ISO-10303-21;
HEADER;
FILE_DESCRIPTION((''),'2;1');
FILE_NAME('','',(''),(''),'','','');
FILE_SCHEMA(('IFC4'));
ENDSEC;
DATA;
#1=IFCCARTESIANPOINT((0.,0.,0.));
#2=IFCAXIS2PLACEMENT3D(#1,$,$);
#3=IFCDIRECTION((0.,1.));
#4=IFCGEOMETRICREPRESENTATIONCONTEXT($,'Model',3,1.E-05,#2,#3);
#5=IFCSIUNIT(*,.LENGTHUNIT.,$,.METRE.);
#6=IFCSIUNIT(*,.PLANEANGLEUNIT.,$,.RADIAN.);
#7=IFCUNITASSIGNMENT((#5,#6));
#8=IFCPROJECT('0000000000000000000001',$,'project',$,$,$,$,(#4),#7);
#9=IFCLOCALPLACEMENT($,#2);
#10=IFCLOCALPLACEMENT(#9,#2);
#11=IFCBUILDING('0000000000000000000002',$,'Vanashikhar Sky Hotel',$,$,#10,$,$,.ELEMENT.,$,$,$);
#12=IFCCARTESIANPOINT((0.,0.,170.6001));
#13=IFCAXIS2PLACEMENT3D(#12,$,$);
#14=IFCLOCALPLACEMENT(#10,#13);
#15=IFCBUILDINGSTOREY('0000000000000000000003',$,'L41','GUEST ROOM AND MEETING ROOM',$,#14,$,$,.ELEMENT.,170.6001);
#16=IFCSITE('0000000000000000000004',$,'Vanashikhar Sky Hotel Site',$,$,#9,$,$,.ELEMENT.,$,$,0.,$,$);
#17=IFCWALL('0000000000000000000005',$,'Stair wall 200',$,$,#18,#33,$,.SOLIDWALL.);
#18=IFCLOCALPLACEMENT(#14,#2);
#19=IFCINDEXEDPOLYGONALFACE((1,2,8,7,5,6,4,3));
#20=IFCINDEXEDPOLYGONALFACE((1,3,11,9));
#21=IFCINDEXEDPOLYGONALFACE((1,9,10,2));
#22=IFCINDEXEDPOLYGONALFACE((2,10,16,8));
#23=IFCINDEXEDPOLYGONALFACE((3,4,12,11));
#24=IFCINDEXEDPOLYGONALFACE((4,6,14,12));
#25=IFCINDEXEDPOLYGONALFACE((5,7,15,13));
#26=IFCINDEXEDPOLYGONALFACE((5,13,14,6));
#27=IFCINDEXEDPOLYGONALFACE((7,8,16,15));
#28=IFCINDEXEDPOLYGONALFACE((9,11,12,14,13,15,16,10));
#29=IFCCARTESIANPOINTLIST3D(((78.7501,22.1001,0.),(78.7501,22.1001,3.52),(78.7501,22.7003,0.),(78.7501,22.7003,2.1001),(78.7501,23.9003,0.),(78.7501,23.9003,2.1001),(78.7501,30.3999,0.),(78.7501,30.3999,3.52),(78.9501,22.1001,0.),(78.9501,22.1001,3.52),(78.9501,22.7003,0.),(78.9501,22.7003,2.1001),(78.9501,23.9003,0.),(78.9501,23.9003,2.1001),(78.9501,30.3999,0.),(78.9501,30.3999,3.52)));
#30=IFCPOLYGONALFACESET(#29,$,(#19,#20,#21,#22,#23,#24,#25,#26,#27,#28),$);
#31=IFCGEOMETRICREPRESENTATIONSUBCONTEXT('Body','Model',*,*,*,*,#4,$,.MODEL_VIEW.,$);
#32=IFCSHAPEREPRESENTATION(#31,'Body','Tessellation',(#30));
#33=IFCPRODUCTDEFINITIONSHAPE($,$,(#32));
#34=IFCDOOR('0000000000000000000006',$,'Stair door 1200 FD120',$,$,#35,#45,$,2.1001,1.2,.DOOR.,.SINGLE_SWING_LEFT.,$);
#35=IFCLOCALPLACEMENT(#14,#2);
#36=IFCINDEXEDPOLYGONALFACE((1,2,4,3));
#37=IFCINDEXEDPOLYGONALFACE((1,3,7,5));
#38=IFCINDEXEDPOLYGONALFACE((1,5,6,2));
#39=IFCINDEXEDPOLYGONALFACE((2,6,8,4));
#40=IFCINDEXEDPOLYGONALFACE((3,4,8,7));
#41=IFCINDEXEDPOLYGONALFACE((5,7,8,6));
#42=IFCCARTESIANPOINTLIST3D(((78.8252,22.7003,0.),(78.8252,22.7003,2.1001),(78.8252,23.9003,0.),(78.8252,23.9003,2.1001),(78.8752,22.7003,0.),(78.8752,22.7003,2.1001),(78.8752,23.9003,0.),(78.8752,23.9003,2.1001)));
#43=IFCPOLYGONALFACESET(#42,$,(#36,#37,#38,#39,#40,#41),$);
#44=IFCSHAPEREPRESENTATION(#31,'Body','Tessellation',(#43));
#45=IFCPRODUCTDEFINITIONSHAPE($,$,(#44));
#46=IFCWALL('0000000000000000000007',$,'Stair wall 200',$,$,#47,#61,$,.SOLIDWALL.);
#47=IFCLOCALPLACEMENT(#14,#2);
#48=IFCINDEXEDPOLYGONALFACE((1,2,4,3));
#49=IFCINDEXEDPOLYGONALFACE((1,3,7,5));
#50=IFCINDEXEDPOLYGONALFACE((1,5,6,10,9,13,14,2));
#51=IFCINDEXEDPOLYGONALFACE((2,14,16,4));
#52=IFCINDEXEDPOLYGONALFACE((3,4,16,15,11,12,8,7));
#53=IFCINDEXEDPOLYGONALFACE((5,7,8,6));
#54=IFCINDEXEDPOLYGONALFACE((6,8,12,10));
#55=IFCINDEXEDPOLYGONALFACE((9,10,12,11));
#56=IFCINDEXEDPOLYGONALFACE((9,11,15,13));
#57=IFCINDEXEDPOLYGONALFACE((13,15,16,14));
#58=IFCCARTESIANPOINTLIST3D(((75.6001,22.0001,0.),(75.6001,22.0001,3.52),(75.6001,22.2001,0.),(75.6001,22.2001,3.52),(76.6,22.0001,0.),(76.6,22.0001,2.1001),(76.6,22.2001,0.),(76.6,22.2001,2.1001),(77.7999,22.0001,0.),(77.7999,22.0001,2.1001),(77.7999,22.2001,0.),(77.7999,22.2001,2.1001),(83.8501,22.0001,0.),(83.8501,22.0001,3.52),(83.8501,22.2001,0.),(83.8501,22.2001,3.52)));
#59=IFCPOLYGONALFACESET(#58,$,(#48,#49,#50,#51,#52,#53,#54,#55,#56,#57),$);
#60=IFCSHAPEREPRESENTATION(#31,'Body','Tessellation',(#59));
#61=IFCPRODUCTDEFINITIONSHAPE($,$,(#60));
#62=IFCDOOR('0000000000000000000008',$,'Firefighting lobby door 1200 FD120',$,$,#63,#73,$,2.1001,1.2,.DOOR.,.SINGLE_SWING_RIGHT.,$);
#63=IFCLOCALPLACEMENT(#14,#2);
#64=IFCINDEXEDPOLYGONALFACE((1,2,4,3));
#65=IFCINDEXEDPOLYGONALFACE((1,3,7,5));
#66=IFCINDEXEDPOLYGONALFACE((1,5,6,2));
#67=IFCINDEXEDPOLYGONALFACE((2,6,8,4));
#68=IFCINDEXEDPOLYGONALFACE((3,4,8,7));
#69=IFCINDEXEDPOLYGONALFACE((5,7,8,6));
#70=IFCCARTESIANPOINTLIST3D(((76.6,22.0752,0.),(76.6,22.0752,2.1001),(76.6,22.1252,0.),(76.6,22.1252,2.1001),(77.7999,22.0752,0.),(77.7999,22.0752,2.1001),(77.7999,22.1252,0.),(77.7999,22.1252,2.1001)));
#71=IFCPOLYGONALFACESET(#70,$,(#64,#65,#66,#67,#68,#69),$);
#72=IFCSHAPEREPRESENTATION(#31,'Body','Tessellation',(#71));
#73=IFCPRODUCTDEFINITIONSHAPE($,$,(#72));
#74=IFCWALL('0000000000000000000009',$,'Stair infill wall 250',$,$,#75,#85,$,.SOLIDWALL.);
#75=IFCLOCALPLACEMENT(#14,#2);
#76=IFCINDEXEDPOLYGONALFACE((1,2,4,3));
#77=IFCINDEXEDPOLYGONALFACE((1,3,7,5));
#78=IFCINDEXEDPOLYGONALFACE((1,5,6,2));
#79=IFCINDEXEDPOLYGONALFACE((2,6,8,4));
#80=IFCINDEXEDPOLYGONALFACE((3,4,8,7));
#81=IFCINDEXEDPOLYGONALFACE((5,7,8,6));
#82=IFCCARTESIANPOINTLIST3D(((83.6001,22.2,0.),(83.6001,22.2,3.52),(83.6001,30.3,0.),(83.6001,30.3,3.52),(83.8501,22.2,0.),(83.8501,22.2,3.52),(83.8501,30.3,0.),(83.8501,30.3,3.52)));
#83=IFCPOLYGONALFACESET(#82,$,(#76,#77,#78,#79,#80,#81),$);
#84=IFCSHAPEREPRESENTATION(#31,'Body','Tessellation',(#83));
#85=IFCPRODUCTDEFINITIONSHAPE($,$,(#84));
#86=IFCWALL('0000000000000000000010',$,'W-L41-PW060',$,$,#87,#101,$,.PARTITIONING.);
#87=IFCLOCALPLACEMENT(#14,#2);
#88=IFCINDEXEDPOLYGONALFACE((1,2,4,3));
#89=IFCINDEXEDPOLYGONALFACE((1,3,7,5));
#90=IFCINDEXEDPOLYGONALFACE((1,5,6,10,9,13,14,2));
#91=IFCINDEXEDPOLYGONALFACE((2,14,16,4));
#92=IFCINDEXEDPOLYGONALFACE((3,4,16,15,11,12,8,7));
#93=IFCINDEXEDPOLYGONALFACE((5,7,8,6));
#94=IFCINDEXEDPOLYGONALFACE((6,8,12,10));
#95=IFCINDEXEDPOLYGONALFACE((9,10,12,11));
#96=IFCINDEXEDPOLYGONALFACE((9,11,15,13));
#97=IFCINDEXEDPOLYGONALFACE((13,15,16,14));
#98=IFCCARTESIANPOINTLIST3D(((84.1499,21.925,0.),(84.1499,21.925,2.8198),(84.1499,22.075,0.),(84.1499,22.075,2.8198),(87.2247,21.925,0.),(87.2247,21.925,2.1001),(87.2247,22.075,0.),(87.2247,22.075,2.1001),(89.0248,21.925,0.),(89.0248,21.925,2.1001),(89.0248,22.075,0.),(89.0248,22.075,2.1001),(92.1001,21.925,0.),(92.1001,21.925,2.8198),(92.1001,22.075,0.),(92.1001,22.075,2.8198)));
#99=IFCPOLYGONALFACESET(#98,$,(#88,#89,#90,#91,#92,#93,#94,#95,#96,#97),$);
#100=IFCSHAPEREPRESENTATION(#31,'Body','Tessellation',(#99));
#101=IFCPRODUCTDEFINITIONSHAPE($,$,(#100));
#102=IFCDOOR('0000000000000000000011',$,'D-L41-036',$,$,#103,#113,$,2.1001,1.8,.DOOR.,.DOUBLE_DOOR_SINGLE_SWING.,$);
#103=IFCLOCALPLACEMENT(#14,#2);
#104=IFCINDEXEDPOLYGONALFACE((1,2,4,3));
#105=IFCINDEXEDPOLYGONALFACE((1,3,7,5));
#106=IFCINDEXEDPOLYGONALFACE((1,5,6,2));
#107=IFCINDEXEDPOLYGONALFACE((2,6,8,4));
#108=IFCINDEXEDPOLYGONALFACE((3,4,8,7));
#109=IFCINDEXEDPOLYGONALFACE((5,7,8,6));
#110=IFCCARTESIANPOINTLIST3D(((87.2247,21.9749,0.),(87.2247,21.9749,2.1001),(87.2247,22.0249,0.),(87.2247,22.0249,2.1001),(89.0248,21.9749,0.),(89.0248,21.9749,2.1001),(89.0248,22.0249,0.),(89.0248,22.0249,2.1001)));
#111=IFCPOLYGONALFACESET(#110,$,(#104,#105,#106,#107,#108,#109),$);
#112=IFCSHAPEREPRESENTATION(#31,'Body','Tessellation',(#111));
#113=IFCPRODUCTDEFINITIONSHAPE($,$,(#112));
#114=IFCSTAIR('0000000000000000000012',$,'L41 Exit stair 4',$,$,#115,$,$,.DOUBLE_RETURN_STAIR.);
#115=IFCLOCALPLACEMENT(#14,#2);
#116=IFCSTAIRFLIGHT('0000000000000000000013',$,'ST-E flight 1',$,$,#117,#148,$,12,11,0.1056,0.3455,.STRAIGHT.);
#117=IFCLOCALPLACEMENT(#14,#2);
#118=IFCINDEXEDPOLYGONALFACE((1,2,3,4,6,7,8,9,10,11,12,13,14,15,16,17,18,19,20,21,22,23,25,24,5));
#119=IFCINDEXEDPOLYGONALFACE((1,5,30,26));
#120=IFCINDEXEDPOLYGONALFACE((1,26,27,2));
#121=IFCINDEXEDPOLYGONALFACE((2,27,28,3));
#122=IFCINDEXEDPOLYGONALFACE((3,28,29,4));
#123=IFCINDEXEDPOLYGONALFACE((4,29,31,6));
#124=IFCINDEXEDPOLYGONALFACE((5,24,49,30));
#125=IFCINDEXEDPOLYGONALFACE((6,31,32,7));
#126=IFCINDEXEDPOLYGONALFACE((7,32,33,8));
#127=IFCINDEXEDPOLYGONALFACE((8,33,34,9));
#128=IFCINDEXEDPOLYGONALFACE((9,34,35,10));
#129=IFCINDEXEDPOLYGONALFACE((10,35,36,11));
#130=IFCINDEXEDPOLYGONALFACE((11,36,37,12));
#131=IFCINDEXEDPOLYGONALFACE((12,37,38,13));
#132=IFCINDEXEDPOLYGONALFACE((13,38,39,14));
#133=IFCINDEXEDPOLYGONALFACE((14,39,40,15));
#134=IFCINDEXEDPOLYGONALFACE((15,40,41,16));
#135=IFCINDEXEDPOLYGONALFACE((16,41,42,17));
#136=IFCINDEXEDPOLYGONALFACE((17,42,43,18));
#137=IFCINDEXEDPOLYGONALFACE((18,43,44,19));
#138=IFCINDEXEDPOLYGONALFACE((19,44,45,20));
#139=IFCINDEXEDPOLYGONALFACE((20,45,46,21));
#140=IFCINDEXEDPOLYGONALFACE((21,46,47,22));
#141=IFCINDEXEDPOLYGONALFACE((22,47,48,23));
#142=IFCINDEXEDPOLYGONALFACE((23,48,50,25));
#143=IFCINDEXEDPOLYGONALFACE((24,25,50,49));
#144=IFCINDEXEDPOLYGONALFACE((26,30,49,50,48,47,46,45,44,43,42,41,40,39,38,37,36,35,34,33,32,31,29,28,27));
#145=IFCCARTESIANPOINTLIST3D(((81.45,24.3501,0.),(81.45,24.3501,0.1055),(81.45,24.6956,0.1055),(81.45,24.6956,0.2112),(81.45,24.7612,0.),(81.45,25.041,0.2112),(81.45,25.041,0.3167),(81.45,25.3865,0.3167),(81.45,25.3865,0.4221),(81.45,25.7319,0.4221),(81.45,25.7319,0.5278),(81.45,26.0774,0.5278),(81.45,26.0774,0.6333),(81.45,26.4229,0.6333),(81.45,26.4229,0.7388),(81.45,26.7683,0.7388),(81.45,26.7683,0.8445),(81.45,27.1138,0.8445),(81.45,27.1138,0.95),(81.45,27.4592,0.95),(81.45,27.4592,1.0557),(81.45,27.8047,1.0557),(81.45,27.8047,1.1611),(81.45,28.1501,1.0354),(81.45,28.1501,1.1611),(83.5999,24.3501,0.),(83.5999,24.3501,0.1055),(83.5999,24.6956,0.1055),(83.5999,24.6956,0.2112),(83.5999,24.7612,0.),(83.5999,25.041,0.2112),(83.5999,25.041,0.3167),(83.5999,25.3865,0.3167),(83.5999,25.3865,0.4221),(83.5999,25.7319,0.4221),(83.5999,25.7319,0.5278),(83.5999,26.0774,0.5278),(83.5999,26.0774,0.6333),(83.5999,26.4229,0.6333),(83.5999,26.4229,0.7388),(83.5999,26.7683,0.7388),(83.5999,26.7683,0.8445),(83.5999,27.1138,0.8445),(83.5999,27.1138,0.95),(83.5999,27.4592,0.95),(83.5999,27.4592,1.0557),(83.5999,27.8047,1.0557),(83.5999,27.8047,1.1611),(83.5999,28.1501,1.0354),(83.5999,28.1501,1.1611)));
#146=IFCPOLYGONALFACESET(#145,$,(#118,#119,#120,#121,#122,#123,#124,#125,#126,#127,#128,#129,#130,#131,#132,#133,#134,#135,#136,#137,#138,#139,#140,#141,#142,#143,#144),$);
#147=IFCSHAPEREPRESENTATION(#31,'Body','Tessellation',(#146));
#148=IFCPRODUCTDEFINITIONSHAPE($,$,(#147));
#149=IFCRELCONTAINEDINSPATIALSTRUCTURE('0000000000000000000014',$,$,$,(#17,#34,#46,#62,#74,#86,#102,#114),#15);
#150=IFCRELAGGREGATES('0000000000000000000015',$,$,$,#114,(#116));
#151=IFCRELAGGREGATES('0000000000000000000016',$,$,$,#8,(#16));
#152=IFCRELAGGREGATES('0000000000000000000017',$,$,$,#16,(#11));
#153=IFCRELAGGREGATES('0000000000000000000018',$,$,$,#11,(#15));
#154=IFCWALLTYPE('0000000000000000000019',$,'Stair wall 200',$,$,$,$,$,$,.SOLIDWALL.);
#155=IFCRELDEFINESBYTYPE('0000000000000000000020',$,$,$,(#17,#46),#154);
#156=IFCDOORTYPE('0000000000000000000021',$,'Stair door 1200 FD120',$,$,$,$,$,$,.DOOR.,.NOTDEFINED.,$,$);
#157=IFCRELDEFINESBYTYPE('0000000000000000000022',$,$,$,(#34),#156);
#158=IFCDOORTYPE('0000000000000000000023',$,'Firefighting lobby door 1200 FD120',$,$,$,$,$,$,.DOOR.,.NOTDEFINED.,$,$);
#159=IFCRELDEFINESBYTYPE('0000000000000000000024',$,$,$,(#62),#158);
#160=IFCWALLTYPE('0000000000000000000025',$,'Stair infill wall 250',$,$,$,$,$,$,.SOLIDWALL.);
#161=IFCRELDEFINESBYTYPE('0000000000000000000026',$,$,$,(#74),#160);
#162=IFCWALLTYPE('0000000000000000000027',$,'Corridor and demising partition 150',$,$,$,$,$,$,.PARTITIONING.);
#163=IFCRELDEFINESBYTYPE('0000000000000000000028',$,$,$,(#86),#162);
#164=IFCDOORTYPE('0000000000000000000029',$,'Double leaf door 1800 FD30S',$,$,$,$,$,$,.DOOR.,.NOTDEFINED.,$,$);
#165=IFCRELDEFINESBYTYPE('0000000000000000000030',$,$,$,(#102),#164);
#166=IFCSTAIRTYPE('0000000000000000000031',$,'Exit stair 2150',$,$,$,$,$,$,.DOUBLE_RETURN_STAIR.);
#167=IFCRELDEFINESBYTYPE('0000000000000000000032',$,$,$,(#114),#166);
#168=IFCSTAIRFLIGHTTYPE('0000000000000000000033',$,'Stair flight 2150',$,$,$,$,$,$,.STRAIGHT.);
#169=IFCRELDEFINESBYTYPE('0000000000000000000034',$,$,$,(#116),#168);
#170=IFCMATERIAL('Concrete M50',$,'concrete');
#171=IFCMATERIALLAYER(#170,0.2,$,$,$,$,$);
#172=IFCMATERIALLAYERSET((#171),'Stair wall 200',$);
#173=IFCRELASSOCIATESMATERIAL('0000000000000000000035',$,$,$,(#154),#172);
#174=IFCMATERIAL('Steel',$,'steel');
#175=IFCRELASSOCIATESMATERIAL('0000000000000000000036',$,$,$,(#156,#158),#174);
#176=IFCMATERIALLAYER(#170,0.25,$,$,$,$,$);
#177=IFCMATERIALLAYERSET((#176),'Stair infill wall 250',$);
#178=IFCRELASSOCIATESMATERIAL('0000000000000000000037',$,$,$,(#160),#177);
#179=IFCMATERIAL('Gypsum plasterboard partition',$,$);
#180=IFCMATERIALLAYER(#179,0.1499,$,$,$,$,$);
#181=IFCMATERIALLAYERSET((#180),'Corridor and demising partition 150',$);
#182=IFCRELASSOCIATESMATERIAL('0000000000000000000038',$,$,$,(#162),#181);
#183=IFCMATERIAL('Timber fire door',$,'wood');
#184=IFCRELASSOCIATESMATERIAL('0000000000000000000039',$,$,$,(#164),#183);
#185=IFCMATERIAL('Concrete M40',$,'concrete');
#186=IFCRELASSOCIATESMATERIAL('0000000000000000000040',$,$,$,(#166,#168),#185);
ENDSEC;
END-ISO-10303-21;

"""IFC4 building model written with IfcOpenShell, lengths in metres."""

from ifc_helpers import new_model, si_unit, direction, frame, frame_2d, origin, place, context, subcontext, project, spatial, polyline, rectangle, outline, extrude, source, transform, mapped, material, layer, layer_set, type_object, element, fill, aggregate, save


model = new_model("IFC4")

# Units and contexts
model_context = context("Model", 3, precision=1e-05, world=origin(), true_north=direction((0.0, 1.0)))
body_context = subcontext(model_context, "Body", "Model", "MODEL_VIEW")
ifc_project = project(units=[si_unit("LENGTHUNIT", "METRE"), si_unit("PLANEANGLEUNIT", "RADIAN")], contexts=[model_context])

# Site, building, storey
site_placement = place(None, origin())
site = spatial("IfcSite", under=ifc_project, at=site_placement, Name="Vanashikhar Sky Hotel Site", CompositionType="ELEMENT", RefElevation=0.0)
building_placement = place(site_placement, origin())
building = spatial("IfcBuilding", under=site, at=building_placement, Name="Vanashikhar Sky Hotel", CompositionType="ELEMENT")
storey_placement = place(building_placement, frame((0.0, 0.0, 170.6001)))
storey = spatial("IfcBuildingStorey", under=building, at=storey_placement, Name="L41", Description="GUEST ROOM AND MEETING ROOM", CompositionType="ELEMENT", Elevation=170.6001)

# Shared definitions
ifc_material_1 = material(Name="Steel", Category="steel")
shared_shape_1 = source(origin(), body_context, "Body", "SweptSolid", [
    extrude(rectangle(XDim=1.2, YDim=2.1001, at=frame_2d((0.6001, 1.05))), frame((0.0, 0.0249, 0.0), z_axis=(0.0, -1.0, 0.0), x_axis=(1.0, 0.0, 0.0)), (0.0, 0.0, 1.0), 0.05),
])

# Walls, openings, doors
ifc_material_2 = material(Name="Concrete M50", Category="concrete")
ifc_layer_1 = layer(ifc_material_2, 0.2)
ifc_layer_set_1 = layer_set([ifc_layer_1], Name="Stair wall 200")
wall_type_1 = type_object("IfcWallType", Name="Stair wall 200", PredefinedType="SOLIDWALL", material=ifc_layer_set_1)
shared_shape_2 = source(origin(), body_context, "Body", "SweptSolid", [
    extrude(rectangle(XDim=8.2998, YDim=0.2, at=frame_2d((4.1499, 0.0))), origin(), (0.0, 0.0, 1.0), 3.52),
])
wall_1_placement = place(storey_placement, frame((78.8501, 22.1001, 0.0), z_axis=(0.0, 0.0, 1.0), x_axis=(0.0, 1.0, 0.0)))
wall_1 = element("IfcWall", 1, at=wall_1_placement, inside=storey, type_object=wall_type_1, Name="Stair wall 200", PredefinedType="SOLIDWALL", context=body_context, shape_type="MappedRepresentation", body=[
    mapped(shared_shape_2, transform((0.0, 0.0, 0.0), scale=1.0)),
])
shared_shape_3 = source(origin(), body_context, "Body", "SweptSolid", [
    extrude(rectangle(XDim=1.2, YDim=2.1001, at=frame_2d((0.6001, 1.05))), frame((0.0, 0.1099, 0.0), z_axis=(0.0, -1.0, 0.0), x_axis=(1.0, 0.0, 0.0)), (0.0, 0.0, 1.0), 0.22),
])
opening_1_placement = place(wall_1_placement, frame((0.6001, 0.0, 0.0)))
opening_1 = element("IfcOpeningElement", 2, at=opening_1_placement, cuts=wall_1, PredefinedType="OPENING", context=body_context, shape_type="MappedRepresentation", body=[
    mapped(shared_shape_3, transform((0.0, 0.0, 0.0), scale=1.0)),
])
door_type_1 = type_object("IfcDoorType", Name="Stair door 1200 FD120", OperationType="NOTDEFINED", PredefinedType="DOOR", material=ifc_material_1)
door_1_placement = place(opening_1_placement, origin())
door_1 = element("IfcDoor", 3, at=door_1_placement, inside=storey, type_object=door_type_1, Name="Stair door 1200 FD120", OperationType="SINGLE_SWING_LEFT", OverallHeight=2.1001, OverallWidth=1.2, PredefinedType="DOOR", context=body_context, shape_type="MappedRepresentation", body=[
    mapped(shared_shape_1, transform((0.0, 0.0, 0.0), scale=1.0)),
])
fill(opening_1, door_1)
shared_shape_4 = source(origin(), body_context, "Body", "SweptSolid", [
    extrude(rectangle(XDim=8.25, YDim=0.2, at=frame_2d((4.125, 0.0))), origin(), (0.0, 0.0, 1.0), 3.52),
])
wall_2_placement = place(storey_placement, frame((83.8501, 22.1001, 0.0), z_axis=(0.0, 0.0, 1.0), x_axis=(-1.0, 0.0, 0.0)))
wall_2 = element("IfcWall", 4, at=wall_2_placement, inside=storey, type_object=wall_type_1, Name="Stair wall 200", PredefinedType="SOLIDWALL", context=body_context, shape_type="MappedRepresentation", body=[
    mapped(shared_shape_4, transform((0.0, 0.0, 0.0), scale=1.0)),
])
opening_2_placement = place(wall_2_placement, frame((6.05, 0.0, 0.0)))
opening_2 = element("IfcOpeningElement", 5, at=opening_2_placement, cuts=wall_2, PredefinedType="OPENING", context=body_context, shape_type="MappedRepresentation", body=[
    mapped(shared_shape_3, transform((0.0, 0.0, 0.0), scale=1.0)),
])
door_type_2 = type_object("IfcDoorType", Name="Firefighting lobby door 1200 FD120", OperationType="NOTDEFINED", PredefinedType="DOOR", material=ifc_material_1)
door_2_placement = place(opening_2_placement, origin())
door_2 = element("IfcDoor", 6, at=door_2_placement, inside=storey, type_object=door_type_2, Name="Firefighting lobby door 1200 FD120", OperationType="SINGLE_SWING_RIGHT", OverallHeight=2.1001, OverallWidth=1.2, PredefinedType="DOOR", context=body_context, shape_type="MappedRepresentation", body=[
    mapped(shared_shape_1, transform((0.0, 0.0, 0.0), scale=1.0)),
])
fill(opening_2, door_2)

# Wall
ifc_layer_2 = layer(ifc_material_2, 0.25)
ifc_layer_set_2 = layer_set([ifc_layer_2], Name="Stair infill wall 250")
wall_type_2 = type_object("IfcWallType", Name="Stair infill wall 250", PredefinedType="SOLIDWALL", material=ifc_layer_set_2)
shared_shape_5 = source(origin(), body_context, "Body", "SweptSolid", [
    extrude(rectangle(XDim=8.1001, YDim=0.25, at=frame_2d((4.05, 0.0))), origin(), (0.0, 0.0, 1.0), 3.52),
])
wall_3_placement = place(storey_placement, frame((83.7251, 22.2, 0.0), z_axis=(0.0, 0.0, 1.0), x_axis=(0.0, 1.0, 0.0)))
element("IfcWall", 7, at=wall_3_placement, inside=storey, type_object=wall_type_2, Name="Stair infill wall 250", PredefinedType="SOLIDWALL", context=body_context, shape_type="MappedRepresentation", body=[
    mapped(shared_shape_5, transform((0.0, 0.0, 0.0), scale=1.0)),
])

# Wall, opening, door
ifc_material_3 = material(Name="Gypsum plasterboard partition")
ifc_layer_3 = layer(ifc_material_3, 0.1499)
ifc_layer_set_3 = layer_set([ifc_layer_3], Name="Corridor and demising partition 150")
wall_type_3 = type_object("IfcWallType", Name="Corridor and demising partition 150", PredefinedType="PARTITIONING", material=ifc_layer_set_3)
shared_shape_6 = source(origin(), body_context, "Body", "SweptSolid", [
    extrude(rectangle(XDim=7.9502, YDim=0.1499, at=frame_2d((3.9751, 0.0))), origin(), (0.0, 0.0, 1.0), 2.8198),
])
wall_4_placement = place(storey_placement, frame((84.1499, 22.0, 0.0), z_axis=(0.0, 0.0, 1.0), x_axis=(1.0, 0.0, 0.0)))
wall_4 = element("IfcWall", 8, at=wall_4_placement, inside=storey, type_object=wall_type_3, Name="W-L41-PW060", PredefinedType="PARTITIONING", context=body_context, shape_type="MappedRepresentation", body=[
    mapped(shared_shape_6, transform((0.0, 0.0, 0.0), scale=1.0)),
])
shared_shape_7 = source(origin(), body_context, "Body", "SweptSolid", [
    extrude(rectangle(XDim=1.8, YDim=2.1001, at=frame_2d((0.8999, 1.05))), frame((0.0, 0.085, 0.0), z_axis=(0.0, -1.0, 0.0), x_axis=(1.0, 0.0, 0.0)), (0.0, 0.0, 1.0), 0.1699),
])
opening_3_placement = place(wall_4_placement, frame((3.075, 0.0, 0.0)))
opening_3 = element("IfcOpeningElement", 9, at=opening_3_placement, cuts=wall_4, PredefinedType="OPENING", context=body_context, shape_type="MappedRepresentation", body=[
    mapped(shared_shape_7, transform((0.0, 0.0, 0.0), scale=1.0)),
])
ifc_material_4 = material(Name="Timber fire door", Category="wood")
door_type_3 = type_object("IfcDoorType", Name="Double leaf door 1800 FD30S", OperationType="NOTDEFINED", PredefinedType="DOOR", material=ifc_material_4)
shared_shape_8 = source(origin(), body_context, "Body", "SweptSolid", [
    extrude(rectangle(XDim=1.8, YDim=2.1001, at=frame_2d((0.8999, 1.05))), frame((0.0, 0.0249, 0.0), z_axis=(0.0, -1.0, 0.0), x_axis=(1.0, 0.0, 0.0)), (0.0, 0.0, 1.0), 0.05),
])
door_3_placement = place(opening_3_placement, origin())
door_3 = element("IfcDoor", 10, at=door_3_placement, inside=storey, type_object=door_type_3, Name="D-L41-036", OperationType="DOUBLE_DOOR_SINGLE_SWING", OverallHeight=2.1001, OverallWidth=1.8, PredefinedType="DOOR", context=body_context, shape_type="MappedRepresentation", body=[
    mapped(shared_shape_8, transform((0.0, 0.0, 0.0), scale=1.0)),
])
fill(opening_3, door_3)

# Stair, stair flight
ifc_material_5 = material(Name="Concrete M40", Category="concrete")
stair_type = type_object("IfcStairType", Name="Exit stair 2150", PredefinedType="DOUBLE_RETURN_STAIR", material=ifc_material_5)
stair_placement = place(storey_placement, origin())
stair = element("IfcStair", 11, at=stair_placement, inside=storey, type_object=stair_type, Name="L41 Exit stair 4", PredefinedType="DOUBLE_RETURN_STAIR")
stair_flight_type = type_object("IfcStairFlightType", Name="Stair flight 2150", PredefinedType="STRAIGHT", material=ifc_material_5)
shared_shape_9 = source(origin(), body_context, "Body", "SweptSolid", [
    extrude(outline(polyline([(0.0, 0.0), (0.0, 0.1055), (0.3455, 0.1055), (0.3455, 0.2112), (0.6909, 0.2112), (0.6909, 0.3167), (1.0364, 0.3167), (1.0364, 0.4221), (1.3818, 0.4221), (1.3818, 0.5278), (1.7273, 0.5278), (1.7273, 0.6333), (2.0728, 0.6333), (2.0728, 0.7388), (2.4182, 0.7388), (2.4182, 0.8445), (2.7637, 0.8445), (2.7637, 0.95), (3.1091, 0.95), (3.1091, 1.0557), (3.4546, 1.0557), (3.4546, 1.1611), (3.8, 1.1611), (3.8, 1.2666), (3.8, 1.0354), (0.4111, 0.0), (0.0, 0.0)])), frame((0.0, 1.075, 0.0), z_axis=(0.0, -1.0, 0.0), x_axis=(1.0, 0.0, 0.0)), (0.0, 0.0, 1.0), 2.1499),
])
stair_flight_1_placement = place(storey_placement, frame((82.5249, 24.3501, 0.0), z_axis=(0.0, 0.0, 1.0), x_axis=(0.0, 1.0, 0.0)))
stair_flight_1 = element("IfcStairFlight", 12, at=stair_flight_1_placement, type_object=stair_flight_type, Name="ST-E flight 1", NumberOfRisers=12, NumberOfTreads=11, PredefinedType="STRAIGHT", RiserHeight=0.1056, TreadLength=0.3455, context=body_context, shape_type="MappedRepresentation", body=[
    mapped(shared_shape_9, transform((0.0, 0.0, 0.0), scale=1.0)),
])
aggregate(stair, [stair_flight_1])

save(model, "model.ifc")
